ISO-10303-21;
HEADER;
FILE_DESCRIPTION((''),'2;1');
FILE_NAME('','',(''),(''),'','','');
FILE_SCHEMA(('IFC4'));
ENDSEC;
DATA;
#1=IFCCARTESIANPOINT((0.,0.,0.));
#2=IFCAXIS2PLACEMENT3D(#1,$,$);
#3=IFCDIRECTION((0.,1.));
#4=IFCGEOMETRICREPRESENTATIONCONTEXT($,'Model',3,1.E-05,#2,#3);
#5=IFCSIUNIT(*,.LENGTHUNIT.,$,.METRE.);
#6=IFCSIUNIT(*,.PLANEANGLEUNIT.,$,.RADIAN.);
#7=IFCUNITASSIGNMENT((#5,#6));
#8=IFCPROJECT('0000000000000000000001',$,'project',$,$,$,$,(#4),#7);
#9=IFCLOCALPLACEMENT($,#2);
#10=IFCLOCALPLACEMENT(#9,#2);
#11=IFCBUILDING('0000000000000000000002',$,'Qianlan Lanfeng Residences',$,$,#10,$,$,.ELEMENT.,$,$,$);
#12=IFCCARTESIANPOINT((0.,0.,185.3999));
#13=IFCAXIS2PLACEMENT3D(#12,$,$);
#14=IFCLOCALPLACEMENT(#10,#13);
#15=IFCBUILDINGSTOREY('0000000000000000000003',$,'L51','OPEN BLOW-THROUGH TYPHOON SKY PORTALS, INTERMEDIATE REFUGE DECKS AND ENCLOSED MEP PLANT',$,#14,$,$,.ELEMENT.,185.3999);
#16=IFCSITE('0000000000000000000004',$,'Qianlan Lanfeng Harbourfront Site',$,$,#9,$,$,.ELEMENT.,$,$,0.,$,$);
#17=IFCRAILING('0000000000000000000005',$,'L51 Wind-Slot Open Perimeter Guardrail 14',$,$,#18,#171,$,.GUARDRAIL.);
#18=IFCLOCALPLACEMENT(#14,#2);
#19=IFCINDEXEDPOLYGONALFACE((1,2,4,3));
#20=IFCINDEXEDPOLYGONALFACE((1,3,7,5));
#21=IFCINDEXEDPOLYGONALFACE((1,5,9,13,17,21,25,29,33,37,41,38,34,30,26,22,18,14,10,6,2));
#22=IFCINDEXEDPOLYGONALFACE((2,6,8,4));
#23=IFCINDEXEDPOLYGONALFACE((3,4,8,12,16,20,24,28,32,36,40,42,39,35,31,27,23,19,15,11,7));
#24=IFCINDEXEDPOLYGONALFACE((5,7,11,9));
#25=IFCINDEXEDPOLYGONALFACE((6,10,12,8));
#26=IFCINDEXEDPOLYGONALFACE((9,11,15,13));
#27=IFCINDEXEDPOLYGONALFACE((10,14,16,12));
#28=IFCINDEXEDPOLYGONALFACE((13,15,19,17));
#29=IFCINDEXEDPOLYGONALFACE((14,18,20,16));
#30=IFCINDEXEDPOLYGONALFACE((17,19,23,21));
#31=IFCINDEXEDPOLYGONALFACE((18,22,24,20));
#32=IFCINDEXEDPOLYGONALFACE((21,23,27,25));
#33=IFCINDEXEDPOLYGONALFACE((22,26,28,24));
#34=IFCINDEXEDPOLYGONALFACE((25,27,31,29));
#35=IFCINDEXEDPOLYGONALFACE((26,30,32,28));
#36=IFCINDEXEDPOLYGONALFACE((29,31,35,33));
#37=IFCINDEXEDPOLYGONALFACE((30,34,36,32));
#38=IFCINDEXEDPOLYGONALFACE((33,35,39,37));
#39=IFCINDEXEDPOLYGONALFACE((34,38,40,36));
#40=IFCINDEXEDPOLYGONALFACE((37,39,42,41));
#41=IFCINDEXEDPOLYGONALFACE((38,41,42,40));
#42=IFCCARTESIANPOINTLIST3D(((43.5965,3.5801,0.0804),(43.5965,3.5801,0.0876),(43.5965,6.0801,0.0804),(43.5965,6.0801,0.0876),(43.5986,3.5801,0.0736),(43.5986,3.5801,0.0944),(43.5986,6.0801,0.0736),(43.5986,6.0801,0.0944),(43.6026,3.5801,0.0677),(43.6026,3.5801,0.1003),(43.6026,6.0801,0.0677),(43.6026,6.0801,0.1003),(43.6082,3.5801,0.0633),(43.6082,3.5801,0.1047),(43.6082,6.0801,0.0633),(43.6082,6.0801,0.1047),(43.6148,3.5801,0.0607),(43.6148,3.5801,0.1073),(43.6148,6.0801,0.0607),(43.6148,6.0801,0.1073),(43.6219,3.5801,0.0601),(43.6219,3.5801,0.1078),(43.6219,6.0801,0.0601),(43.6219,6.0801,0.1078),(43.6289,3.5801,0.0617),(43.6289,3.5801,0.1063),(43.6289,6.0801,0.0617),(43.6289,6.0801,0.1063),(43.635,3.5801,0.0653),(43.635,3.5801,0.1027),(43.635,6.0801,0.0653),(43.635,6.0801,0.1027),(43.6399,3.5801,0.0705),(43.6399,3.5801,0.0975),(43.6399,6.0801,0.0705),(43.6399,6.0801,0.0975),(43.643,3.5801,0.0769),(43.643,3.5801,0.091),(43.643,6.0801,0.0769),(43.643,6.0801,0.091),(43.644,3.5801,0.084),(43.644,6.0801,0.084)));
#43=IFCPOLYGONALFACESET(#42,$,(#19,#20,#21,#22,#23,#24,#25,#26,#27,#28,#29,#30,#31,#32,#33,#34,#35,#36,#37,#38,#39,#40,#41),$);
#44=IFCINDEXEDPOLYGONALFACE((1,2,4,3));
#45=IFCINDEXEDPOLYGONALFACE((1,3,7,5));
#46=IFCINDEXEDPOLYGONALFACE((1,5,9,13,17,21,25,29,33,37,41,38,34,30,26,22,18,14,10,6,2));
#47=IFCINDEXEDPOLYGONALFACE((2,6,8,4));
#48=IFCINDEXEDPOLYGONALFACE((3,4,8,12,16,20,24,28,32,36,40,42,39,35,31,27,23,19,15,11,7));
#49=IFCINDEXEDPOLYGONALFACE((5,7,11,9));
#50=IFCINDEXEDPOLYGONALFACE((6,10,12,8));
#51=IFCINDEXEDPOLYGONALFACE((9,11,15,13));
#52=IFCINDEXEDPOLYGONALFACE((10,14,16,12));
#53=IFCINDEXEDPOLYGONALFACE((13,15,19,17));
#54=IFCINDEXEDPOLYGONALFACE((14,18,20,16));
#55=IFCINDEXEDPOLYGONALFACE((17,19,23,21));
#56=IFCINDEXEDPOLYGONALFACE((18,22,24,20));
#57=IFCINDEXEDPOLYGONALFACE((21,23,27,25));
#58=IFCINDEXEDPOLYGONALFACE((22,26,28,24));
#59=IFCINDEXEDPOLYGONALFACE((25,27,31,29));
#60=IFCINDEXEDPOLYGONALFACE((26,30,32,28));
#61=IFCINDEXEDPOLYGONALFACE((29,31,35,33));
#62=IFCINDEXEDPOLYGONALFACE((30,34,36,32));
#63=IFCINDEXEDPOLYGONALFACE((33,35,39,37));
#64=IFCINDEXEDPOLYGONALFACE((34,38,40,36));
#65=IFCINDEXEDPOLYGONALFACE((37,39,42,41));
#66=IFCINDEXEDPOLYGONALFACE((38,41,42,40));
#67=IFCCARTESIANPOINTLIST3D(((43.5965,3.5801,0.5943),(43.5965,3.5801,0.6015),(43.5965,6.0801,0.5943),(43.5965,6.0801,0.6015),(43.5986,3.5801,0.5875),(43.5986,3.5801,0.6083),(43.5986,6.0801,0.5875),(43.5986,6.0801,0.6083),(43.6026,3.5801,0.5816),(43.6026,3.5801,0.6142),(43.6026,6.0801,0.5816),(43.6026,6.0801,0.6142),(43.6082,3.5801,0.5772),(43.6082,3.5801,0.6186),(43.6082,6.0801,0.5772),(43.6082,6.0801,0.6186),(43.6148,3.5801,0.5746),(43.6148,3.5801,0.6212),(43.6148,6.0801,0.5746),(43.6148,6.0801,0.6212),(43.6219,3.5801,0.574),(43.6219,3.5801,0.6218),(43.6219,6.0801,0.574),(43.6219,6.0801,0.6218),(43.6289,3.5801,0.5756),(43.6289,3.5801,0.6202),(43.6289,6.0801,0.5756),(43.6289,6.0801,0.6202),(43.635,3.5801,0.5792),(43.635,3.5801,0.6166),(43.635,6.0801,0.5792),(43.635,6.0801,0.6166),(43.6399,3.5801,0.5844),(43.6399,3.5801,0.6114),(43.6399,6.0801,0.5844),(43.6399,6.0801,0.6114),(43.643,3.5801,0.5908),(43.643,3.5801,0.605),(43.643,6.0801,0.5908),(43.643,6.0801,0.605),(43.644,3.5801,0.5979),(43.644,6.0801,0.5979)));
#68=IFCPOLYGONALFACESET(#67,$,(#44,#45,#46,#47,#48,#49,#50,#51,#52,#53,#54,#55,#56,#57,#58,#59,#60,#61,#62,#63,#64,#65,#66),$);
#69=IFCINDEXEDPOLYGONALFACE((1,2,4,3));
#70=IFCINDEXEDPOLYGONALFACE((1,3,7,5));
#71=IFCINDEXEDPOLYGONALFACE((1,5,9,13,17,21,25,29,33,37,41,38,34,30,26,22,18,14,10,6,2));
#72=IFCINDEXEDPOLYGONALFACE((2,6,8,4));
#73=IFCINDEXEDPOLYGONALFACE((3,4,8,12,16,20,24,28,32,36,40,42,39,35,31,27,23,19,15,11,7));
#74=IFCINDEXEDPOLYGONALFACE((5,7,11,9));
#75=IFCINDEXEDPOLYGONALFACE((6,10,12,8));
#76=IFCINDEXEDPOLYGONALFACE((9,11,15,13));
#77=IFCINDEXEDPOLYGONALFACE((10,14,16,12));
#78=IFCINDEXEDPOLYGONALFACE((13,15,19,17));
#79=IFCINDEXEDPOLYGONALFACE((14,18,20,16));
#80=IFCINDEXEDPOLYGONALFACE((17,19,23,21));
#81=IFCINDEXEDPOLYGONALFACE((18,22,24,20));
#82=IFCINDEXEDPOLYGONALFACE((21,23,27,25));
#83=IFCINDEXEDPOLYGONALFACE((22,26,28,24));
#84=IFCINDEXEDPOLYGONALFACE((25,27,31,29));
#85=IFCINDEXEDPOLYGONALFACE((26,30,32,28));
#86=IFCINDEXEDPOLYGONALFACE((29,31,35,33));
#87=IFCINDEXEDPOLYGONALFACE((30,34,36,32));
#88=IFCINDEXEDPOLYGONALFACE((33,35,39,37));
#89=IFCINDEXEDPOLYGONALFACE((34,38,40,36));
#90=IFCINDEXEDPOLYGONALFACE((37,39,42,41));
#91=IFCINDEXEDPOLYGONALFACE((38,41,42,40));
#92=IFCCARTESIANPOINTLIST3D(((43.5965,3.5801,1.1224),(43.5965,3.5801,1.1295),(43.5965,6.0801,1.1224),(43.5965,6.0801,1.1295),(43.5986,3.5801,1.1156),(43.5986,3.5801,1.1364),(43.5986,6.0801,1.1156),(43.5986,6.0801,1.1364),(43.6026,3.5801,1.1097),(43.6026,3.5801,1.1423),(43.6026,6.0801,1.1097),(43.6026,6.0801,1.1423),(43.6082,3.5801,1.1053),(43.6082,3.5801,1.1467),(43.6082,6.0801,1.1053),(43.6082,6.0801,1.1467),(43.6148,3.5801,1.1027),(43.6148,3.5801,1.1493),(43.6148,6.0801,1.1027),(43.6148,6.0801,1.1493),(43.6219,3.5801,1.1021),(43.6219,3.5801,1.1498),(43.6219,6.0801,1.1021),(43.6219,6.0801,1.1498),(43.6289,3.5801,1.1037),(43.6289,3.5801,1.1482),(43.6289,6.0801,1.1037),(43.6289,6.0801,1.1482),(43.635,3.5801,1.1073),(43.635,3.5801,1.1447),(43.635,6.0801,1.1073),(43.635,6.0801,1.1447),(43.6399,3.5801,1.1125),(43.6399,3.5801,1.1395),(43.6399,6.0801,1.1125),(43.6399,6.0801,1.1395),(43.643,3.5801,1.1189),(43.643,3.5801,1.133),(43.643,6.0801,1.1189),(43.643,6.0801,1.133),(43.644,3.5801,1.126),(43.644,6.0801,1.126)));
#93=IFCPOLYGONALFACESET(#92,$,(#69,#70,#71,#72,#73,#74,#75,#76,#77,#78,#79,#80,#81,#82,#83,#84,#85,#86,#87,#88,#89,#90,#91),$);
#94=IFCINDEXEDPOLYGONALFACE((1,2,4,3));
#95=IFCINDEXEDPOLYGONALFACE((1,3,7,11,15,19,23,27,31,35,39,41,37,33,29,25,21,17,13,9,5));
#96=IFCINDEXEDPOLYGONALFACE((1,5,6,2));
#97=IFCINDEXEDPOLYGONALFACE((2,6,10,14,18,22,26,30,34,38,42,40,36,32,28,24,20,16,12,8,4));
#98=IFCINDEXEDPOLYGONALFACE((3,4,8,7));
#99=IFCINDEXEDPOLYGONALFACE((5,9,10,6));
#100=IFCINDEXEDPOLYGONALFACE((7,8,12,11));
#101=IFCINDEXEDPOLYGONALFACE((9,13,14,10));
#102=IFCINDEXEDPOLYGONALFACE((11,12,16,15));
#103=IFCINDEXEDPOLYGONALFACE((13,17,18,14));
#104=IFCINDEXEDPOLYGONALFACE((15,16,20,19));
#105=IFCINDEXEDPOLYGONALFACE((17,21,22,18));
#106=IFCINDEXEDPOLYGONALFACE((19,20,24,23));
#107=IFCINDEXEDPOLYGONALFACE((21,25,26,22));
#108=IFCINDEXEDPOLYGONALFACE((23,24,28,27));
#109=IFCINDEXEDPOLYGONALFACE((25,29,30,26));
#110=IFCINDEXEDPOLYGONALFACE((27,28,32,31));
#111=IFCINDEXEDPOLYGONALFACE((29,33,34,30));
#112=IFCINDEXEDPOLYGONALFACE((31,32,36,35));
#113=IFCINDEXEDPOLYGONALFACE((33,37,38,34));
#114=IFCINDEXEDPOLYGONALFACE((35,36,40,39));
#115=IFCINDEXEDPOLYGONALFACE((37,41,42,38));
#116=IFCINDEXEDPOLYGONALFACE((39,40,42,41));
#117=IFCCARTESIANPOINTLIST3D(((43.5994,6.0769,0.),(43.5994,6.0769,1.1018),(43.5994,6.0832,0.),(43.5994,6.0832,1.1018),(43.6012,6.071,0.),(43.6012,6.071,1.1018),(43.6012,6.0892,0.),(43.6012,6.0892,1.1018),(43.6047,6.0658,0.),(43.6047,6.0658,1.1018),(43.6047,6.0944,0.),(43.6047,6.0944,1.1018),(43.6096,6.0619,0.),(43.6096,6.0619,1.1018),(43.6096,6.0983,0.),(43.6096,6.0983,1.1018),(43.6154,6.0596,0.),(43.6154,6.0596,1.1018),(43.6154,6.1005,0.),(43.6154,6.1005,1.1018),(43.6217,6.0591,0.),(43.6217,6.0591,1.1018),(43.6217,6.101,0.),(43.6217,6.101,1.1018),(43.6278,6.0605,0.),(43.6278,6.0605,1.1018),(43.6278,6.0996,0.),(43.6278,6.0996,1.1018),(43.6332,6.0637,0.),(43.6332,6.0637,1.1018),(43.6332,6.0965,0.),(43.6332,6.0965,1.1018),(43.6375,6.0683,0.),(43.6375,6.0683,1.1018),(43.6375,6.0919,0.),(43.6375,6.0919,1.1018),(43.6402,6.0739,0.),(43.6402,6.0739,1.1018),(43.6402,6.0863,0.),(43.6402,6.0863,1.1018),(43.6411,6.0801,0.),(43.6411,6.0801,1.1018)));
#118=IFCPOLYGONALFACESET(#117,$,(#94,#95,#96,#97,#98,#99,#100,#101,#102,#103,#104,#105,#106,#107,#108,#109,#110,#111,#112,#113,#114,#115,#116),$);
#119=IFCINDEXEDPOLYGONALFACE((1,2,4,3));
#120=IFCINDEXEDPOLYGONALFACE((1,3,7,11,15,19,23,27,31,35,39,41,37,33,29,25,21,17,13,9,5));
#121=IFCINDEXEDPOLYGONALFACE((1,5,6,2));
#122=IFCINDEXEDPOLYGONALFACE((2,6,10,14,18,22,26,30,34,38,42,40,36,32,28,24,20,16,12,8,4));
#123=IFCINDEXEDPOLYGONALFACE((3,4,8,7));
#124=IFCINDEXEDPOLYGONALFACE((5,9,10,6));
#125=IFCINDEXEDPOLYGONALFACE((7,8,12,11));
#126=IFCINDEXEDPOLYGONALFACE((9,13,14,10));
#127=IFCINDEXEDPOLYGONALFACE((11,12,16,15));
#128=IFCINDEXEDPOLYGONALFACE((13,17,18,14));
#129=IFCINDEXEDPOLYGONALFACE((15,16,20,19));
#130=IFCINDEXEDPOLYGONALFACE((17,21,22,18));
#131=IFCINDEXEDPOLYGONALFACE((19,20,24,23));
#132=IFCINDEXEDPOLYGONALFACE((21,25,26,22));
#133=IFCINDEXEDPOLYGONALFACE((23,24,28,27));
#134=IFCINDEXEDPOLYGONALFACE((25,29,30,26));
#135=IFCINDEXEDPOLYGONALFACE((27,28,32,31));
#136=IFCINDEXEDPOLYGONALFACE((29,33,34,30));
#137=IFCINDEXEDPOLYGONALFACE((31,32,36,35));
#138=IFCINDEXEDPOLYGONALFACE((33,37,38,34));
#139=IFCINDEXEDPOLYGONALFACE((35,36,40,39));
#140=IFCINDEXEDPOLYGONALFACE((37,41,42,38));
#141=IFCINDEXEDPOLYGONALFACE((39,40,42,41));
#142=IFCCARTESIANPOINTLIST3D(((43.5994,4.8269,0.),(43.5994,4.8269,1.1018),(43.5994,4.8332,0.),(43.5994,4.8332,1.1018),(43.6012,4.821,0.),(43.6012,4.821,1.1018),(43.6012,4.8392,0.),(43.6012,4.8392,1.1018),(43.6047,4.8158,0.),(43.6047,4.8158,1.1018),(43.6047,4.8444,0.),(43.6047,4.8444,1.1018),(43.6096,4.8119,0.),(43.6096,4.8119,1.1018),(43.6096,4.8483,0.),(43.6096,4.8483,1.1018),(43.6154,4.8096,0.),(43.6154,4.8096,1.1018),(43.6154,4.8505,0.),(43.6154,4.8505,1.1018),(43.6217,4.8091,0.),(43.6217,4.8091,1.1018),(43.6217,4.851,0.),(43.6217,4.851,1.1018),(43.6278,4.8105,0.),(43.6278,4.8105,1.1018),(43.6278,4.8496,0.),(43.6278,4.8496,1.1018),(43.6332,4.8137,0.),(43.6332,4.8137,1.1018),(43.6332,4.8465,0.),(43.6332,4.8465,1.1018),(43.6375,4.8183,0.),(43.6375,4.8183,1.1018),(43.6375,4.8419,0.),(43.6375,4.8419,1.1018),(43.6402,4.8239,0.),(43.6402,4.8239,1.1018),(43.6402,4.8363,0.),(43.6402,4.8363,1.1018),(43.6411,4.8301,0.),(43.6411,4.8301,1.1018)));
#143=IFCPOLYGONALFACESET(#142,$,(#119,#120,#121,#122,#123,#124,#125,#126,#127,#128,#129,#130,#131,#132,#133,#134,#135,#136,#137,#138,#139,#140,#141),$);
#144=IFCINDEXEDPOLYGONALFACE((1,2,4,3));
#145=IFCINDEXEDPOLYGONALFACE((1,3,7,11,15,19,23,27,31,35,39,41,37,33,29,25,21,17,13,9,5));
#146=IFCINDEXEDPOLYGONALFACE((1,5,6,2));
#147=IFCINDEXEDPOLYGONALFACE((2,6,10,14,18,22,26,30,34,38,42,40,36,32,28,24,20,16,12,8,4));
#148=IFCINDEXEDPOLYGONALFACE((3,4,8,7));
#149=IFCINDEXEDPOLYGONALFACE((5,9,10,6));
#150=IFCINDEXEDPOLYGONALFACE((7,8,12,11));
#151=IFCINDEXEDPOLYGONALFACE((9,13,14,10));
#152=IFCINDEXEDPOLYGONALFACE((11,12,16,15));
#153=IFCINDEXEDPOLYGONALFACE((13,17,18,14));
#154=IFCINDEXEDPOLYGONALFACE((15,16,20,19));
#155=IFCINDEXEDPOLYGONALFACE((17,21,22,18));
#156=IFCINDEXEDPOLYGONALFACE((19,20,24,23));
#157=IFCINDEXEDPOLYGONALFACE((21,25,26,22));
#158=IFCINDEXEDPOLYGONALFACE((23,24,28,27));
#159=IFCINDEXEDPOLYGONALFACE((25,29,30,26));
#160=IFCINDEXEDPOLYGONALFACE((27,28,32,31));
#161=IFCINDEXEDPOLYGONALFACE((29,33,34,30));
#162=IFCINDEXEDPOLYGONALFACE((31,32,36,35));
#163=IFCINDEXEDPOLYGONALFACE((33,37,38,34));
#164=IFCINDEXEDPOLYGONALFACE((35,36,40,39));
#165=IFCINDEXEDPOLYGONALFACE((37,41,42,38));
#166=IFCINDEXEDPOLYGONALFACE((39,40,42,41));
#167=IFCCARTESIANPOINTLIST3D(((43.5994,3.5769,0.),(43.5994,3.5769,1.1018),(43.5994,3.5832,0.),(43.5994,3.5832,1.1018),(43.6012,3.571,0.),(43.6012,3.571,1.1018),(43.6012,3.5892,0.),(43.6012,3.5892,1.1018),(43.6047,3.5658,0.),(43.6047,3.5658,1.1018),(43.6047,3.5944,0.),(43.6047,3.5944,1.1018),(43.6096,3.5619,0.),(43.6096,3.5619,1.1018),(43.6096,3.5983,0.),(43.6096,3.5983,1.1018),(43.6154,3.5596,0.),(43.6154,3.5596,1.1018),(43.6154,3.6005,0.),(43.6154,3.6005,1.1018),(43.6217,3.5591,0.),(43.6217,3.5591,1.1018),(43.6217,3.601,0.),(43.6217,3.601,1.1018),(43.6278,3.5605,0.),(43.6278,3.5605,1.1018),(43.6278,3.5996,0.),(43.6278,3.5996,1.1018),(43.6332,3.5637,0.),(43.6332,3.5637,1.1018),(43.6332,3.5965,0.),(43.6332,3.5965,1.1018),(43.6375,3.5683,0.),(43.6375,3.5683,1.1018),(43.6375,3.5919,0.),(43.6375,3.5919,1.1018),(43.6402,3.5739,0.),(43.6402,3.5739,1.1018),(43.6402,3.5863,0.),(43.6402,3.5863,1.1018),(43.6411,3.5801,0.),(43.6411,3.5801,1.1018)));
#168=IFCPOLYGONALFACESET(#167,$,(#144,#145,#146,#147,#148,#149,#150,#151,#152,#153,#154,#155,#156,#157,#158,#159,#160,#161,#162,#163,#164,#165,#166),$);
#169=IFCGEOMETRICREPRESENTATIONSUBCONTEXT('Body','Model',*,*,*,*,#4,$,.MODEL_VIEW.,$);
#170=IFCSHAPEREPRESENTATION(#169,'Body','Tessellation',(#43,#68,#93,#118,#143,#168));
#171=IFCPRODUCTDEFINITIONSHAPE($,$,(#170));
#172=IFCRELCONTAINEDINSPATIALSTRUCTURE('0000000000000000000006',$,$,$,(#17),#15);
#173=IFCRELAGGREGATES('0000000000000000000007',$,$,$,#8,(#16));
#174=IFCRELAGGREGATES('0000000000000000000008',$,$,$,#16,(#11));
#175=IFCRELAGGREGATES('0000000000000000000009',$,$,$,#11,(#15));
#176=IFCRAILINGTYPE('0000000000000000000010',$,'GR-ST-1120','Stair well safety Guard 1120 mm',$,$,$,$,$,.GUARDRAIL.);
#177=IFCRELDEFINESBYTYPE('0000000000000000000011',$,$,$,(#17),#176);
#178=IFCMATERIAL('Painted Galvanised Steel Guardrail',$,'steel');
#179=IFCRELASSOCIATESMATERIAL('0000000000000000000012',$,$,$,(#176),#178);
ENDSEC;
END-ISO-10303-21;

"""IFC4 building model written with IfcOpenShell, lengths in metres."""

from ifc_helpers import new_model, si_unit, direction, frame, origin, origin_2d, place, context, subcontext, project, spatial, circle, extrude, material, type_object, element, save


model = new_model("IFC4")

# Units and contexts
model_context = context("Model", 3, precision=1e-05, world=origin(), true_north=direction((0.0, 1.0)))
body_context = subcontext(model_context, "Body", "Model", "MODEL_VIEW")
ifc_project = project(units=[si_unit("LENGTHUNIT", "METRE"), si_unit("PLANEANGLEUNIT", "RADIAN")], contexts=[model_context])

# Site, building, storey
site_placement = place(None, origin())
site = spatial("IfcSite", under=ifc_project, at=site_placement, Name="Qianlan Lanfeng Harbourfront Site", CompositionType="ELEMENT", RefElevation=0.0)
building_placement = place(site_placement, origin())
building = spatial("IfcBuilding", under=site, at=building_placement, Name="Qianlan Lanfeng Residences", CompositionType="ELEMENT")
storey_placement = place(building_placement, frame((0.0, 0.0, 185.3999)))
storey = spatial("IfcBuildingStorey", under=building, at=storey_placement, Name="L51", Description="OPEN BLOW-THROUGH TYPHOON SKY PORTALS, INTERMEDIATE REFUGE DECKS AND ENCLOSED MEP PLANT", CompositionType="ELEMENT", Elevation=185.3999)

# Railing
ifc_material_1 = material(Name="Painted Galvanised Steel Guardrail", Category="steel")
railing_type = type_object("IfcRailingType", Name="GR-ST-1120", Description="Stair well safety Guard 1120 mm", PredefinedType="GUARDRAIL", material=ifc_material_1)
railing_1_placement = place(storey_placement, frame((43.6201, 6.0801, 0.0)))
element("IfcRailing", 1, at=railing_1_placement, inside=storey, type_object=railing_type, Name="L51 Wind-Slot Open Perimeter Guardrail 14", PredefinedType="GUARDRAIL", context=body_context, shape_type="SweptSolid", body=[
    extrude(circle(Radius=0.0239, at=origin_2d()), frame((0.0, 0.0, 0.084), z_axis=(0.0, -1.0, 0.0), x_axis=(1.0, 0.0, 0.0)), (0.0, 0.0, 1.0), 2.5),
    extrude(circle(Radius=0.0239, at=origin_2d()), frame((0.0, 0.0, 0.5979), z_axis=(0.0, -1.0, 0.0), x_axis=(1.0, 0.0, 0.0)), (0.0, 0.0, 1.0), 2.5),
    extrude(circle(Radius=0.0239, at=origin_2d()), frame((0.0, 0.0, 1.126), z_axis=(0.0, -1.0, 0.0), x_axis=(1.0, 0.0, 0.0)), (0.0, 0.0, 1.0), 2.5),
    extrude(circle(Radius=0.021, at=origin_2d()), origin(), (0.0, 0.0, 1.0), 1.1018),
    extrude(circle(Radius=0.021, at=origin_2d()), frame((0.0, -1.25, 0.0)), (0.0, 0.0, 1.0), 1.1018),
    extrude(circle(Radius=0.021, at=origin_2d()), frame((0.0, -2.5, 0.0)), (0.0, 0.0, 1.0), 1.1018),
])

save(model, "model.ifc")
